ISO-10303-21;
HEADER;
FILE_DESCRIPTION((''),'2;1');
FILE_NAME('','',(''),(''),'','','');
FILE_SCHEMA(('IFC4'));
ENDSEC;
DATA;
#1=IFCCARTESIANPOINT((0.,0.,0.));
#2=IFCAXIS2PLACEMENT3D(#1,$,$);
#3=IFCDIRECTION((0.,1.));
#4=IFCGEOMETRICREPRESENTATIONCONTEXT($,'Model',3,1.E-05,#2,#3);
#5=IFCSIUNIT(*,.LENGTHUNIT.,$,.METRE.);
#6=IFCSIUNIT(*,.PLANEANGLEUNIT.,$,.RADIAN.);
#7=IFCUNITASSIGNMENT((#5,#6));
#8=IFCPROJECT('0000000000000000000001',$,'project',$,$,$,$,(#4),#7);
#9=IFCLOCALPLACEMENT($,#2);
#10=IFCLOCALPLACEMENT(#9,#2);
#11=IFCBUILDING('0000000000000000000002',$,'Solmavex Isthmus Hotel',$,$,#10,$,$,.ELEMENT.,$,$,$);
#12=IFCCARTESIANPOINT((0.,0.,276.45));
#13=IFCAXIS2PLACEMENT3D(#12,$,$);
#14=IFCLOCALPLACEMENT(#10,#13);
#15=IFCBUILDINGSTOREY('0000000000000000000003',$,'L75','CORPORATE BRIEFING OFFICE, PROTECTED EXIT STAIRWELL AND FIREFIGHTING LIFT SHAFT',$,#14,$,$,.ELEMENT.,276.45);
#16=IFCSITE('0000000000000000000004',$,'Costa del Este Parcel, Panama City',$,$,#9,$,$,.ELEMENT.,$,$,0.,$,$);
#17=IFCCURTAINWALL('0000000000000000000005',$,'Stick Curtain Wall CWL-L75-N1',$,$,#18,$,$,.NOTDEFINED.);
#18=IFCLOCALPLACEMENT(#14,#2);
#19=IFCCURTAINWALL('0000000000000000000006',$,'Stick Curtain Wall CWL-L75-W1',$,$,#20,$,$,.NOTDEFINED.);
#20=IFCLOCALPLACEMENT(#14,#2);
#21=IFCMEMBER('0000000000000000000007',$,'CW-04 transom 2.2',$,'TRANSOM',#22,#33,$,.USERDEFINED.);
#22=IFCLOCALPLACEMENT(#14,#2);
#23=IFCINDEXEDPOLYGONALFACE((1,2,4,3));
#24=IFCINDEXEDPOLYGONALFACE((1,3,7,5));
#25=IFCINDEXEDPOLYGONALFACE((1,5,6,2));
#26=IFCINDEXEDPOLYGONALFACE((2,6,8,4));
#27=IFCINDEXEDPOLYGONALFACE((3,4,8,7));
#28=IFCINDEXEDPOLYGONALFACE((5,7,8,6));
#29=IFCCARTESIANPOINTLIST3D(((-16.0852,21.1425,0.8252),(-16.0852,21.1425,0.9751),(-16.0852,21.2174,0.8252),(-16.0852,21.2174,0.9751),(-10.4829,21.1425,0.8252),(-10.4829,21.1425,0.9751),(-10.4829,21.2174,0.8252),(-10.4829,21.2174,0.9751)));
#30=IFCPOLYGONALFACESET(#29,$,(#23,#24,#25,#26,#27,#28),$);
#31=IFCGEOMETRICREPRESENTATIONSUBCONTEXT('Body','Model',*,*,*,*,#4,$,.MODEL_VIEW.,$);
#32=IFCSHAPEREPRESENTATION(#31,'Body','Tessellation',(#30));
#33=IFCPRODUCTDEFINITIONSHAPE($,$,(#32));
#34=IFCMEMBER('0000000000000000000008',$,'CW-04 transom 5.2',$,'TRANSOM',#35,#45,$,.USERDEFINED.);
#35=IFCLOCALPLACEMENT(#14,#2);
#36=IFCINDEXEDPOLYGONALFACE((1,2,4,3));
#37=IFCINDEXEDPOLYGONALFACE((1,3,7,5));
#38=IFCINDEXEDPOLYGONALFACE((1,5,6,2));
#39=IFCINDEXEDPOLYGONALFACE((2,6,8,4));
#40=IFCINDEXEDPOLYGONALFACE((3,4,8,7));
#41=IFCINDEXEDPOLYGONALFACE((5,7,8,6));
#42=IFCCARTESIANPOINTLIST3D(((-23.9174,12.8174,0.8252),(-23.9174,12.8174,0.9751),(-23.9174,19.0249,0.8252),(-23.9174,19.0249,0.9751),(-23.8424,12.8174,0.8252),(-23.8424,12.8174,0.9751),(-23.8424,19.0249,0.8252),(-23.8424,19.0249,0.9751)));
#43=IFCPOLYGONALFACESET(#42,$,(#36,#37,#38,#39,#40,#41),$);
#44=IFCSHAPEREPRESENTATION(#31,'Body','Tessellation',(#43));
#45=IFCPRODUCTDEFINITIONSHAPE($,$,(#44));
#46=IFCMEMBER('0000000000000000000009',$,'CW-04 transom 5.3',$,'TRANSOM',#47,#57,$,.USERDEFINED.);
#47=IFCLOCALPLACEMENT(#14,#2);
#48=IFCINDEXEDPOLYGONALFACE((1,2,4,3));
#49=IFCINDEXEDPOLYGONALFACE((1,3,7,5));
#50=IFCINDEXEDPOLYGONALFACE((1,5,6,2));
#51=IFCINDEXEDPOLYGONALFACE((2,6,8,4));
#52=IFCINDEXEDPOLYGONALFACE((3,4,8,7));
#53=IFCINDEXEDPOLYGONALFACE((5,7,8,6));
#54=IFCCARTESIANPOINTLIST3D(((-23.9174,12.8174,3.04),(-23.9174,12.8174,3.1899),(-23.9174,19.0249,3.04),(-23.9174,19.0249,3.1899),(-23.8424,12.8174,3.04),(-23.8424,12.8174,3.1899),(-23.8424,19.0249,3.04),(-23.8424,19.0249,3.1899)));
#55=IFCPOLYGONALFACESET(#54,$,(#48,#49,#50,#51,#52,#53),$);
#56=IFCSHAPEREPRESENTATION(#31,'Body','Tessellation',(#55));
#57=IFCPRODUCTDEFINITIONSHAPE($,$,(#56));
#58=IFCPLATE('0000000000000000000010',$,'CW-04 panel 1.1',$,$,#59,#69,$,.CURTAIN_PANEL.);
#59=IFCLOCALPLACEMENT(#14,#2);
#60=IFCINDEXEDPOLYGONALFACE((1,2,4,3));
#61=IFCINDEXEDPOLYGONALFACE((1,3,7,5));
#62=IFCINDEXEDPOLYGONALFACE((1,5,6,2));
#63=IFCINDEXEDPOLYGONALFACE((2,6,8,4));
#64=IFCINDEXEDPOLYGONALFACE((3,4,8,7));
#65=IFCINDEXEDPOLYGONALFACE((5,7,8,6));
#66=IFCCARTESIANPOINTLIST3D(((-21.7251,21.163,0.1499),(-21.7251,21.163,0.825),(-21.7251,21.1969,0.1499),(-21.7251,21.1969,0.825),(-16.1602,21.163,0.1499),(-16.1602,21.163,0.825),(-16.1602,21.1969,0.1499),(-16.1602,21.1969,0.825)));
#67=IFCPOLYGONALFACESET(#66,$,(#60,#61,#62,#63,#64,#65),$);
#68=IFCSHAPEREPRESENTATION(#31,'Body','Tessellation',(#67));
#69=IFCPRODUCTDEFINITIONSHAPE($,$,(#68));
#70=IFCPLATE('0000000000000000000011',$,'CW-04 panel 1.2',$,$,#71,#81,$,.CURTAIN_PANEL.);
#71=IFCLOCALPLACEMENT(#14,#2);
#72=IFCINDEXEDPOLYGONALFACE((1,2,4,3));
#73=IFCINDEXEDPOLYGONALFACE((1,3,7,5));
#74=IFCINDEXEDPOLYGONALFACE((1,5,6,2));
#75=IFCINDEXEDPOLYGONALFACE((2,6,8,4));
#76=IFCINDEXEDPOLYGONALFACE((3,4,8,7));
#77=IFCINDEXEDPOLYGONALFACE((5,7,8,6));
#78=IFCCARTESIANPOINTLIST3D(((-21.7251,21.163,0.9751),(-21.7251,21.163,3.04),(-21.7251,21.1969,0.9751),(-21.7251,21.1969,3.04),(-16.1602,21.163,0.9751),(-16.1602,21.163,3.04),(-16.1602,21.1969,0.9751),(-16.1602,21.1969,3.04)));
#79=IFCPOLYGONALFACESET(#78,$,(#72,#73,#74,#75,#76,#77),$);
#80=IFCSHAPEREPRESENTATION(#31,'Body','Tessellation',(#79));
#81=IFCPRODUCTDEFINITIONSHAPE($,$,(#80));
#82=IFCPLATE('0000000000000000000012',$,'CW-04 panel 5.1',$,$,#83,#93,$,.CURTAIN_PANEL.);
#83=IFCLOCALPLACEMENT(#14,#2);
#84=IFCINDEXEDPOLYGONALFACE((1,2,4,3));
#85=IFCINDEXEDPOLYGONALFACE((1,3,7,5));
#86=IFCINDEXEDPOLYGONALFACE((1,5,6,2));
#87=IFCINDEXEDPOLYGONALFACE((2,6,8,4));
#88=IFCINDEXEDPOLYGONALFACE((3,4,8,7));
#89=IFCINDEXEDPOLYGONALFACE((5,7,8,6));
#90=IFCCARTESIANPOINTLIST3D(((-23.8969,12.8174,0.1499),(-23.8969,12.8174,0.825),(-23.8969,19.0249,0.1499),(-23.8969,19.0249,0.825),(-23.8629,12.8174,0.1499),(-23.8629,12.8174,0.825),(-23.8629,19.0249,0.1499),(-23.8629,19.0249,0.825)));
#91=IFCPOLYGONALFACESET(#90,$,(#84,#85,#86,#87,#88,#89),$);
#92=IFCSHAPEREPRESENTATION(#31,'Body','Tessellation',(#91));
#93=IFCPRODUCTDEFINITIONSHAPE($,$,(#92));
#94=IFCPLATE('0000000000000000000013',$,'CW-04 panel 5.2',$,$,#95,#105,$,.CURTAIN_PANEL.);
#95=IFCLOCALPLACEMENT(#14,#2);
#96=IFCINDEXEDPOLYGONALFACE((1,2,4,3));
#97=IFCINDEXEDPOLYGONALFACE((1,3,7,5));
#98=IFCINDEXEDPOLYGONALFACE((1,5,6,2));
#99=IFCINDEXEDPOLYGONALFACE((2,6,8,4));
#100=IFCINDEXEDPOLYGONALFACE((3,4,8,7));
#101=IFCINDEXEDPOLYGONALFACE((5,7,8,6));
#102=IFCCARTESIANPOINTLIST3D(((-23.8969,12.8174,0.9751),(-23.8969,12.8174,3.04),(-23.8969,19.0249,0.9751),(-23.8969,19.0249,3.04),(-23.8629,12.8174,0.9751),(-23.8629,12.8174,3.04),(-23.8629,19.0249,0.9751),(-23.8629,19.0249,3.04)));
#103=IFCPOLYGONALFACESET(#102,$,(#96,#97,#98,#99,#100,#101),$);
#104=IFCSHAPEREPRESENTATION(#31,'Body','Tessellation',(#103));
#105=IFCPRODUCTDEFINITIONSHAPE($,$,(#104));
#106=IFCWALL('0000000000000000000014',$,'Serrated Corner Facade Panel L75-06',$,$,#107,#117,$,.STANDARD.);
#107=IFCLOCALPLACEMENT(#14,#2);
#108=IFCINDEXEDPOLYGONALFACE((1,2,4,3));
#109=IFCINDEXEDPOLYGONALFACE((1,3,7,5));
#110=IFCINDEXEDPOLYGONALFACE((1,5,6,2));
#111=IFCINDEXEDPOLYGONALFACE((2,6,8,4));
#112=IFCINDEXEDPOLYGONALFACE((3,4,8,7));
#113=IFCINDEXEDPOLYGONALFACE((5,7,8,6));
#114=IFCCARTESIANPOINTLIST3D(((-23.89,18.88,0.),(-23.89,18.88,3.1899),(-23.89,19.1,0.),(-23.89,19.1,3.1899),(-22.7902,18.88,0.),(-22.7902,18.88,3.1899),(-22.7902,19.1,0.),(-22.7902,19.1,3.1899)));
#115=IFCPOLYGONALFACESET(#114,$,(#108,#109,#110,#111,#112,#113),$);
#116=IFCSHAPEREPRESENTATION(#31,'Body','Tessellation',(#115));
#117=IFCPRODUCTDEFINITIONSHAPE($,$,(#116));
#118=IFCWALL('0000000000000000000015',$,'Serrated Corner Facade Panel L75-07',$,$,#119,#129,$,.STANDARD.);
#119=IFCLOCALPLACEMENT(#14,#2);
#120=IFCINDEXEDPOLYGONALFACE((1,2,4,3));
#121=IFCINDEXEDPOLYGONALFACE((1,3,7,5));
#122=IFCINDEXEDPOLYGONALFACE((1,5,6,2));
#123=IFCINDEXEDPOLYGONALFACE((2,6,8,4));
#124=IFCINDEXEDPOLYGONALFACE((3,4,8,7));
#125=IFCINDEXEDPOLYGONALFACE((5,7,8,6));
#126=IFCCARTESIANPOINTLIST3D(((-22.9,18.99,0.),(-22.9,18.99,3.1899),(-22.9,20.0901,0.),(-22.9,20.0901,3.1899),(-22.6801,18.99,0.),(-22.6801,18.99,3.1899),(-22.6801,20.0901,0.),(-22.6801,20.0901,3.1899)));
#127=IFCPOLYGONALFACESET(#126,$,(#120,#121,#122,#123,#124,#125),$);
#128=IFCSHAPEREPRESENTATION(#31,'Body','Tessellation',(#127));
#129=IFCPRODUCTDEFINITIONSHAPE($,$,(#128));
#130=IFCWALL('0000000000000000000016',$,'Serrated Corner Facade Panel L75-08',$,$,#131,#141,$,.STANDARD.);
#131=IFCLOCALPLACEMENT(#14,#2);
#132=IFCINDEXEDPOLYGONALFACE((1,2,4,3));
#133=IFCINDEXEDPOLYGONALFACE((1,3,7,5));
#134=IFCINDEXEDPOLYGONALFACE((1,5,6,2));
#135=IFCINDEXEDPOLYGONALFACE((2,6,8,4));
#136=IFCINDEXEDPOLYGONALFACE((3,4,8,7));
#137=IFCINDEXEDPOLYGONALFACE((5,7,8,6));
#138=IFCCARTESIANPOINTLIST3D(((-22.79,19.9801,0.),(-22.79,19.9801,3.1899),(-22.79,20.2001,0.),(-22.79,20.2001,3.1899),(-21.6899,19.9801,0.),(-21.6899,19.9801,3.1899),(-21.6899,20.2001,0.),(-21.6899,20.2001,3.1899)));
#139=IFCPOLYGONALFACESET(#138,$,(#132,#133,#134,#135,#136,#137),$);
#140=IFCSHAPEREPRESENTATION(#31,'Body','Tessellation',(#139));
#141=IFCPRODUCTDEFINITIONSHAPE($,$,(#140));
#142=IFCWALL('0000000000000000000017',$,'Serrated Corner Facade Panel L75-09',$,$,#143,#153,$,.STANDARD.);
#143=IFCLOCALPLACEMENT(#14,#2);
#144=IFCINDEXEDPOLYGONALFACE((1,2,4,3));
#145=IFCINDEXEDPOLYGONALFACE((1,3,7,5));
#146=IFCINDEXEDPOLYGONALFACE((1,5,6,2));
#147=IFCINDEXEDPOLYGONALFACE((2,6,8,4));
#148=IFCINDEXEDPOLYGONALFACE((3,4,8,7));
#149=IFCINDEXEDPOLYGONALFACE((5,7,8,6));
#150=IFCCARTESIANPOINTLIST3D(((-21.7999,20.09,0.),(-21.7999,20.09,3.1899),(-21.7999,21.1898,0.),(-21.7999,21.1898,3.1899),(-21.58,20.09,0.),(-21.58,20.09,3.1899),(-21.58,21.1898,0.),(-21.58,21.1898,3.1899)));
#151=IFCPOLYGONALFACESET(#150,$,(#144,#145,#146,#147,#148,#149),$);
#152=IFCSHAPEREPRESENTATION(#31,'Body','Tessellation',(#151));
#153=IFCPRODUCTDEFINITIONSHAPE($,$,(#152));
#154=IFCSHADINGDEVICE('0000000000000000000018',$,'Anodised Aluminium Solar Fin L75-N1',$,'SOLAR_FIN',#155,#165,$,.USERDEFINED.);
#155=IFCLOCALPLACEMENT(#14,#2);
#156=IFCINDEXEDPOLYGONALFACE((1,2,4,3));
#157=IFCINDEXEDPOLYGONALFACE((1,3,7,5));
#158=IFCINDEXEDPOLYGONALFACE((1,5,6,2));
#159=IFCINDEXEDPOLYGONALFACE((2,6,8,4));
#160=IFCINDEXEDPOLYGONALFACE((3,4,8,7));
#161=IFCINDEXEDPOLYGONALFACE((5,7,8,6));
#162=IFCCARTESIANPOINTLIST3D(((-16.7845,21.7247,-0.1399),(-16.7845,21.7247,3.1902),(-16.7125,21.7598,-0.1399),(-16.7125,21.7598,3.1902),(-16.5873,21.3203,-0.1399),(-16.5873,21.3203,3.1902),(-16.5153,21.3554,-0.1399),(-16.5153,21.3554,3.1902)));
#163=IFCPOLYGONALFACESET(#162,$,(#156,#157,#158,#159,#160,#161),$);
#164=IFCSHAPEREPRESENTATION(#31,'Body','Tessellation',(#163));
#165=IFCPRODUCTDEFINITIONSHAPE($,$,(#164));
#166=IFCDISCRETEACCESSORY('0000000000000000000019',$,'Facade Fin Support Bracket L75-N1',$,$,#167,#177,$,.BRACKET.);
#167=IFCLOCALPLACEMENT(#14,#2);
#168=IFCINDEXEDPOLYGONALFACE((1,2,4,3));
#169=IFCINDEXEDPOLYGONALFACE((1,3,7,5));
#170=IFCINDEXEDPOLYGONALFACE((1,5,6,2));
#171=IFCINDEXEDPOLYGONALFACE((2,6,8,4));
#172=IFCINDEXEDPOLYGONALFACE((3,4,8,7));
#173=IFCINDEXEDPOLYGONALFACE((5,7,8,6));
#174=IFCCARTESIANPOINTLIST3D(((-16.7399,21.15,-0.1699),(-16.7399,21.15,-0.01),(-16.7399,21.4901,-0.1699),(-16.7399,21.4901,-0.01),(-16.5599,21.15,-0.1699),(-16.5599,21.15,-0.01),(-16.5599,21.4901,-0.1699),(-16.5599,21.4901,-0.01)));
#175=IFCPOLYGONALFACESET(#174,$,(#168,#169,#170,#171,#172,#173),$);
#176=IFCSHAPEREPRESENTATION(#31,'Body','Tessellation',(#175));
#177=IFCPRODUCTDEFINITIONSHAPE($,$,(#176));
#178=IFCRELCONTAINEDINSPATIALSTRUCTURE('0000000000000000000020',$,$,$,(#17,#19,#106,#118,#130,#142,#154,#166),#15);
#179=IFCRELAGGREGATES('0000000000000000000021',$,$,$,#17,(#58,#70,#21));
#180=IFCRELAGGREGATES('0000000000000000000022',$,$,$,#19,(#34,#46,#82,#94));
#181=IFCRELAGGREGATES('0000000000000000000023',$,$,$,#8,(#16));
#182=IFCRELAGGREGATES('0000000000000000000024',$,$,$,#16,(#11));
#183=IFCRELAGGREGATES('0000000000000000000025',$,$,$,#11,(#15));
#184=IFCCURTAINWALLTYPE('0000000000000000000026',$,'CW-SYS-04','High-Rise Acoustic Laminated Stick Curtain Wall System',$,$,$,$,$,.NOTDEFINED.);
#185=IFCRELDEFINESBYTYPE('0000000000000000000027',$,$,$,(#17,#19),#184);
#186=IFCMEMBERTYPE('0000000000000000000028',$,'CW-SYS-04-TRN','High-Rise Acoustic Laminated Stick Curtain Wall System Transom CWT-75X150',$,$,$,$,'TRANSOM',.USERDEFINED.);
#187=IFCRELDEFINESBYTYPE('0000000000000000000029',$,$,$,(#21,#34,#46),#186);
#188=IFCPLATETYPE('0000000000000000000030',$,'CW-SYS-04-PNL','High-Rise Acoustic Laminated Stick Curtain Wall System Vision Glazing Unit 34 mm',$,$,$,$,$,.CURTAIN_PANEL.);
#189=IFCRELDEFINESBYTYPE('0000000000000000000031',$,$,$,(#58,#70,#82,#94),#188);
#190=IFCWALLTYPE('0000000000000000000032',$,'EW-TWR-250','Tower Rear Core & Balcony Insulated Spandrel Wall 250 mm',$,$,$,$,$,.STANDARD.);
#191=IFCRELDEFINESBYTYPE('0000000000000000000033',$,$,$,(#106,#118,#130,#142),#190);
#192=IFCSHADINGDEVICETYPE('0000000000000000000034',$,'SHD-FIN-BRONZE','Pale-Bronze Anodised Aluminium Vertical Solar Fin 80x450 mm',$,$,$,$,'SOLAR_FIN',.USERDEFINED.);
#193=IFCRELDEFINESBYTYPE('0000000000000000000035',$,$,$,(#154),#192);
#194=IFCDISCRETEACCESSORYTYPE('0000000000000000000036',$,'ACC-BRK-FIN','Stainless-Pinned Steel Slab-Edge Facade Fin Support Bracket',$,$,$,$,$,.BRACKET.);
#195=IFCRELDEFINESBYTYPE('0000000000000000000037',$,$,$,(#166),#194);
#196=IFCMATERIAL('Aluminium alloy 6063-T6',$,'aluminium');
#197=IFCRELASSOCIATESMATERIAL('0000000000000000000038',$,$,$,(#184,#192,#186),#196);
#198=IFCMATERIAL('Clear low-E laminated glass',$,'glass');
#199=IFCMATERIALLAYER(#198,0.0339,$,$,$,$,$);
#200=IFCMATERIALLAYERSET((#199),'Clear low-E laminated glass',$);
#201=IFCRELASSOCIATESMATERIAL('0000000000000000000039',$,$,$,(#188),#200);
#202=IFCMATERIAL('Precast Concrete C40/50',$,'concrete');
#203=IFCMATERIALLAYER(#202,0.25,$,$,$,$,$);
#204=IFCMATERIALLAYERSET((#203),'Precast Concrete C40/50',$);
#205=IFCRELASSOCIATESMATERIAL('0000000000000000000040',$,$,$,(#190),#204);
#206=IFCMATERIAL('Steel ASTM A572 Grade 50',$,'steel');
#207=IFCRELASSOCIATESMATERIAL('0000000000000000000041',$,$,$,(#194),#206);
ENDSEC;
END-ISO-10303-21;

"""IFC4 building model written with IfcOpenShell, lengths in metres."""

from ifc_helpers import new_model, si_unit, direction, frame, frame_2d, origin, origin_2d, place, context, subcontext, project, spatial, rectangle, extrude, material, layer, layer_set, material_profile, profile_set, type_object, element, aggregate, save


model = new_model("IFC4")

# Units and contexts
model_context = context("Model", 3, precision=1e-05, world=origin(), true_north=direction((0.0, 1.0)))
body_context = subcontext(model_context, "Body", "Model", "MODEL_VIEW")
ifc_project = project(units=[si_unit("LENGTHUNIT", "METRE"), si_unit("PLANEANGLEUNIT", "RADIAN")], contexts=[model_context])

# Site, building, storey
site_placement = place(None, origin())
site = spatial("IfcSite", under=ifc_project, at=site_placement, Name="Costa del Este Parcel, Panama City", CompositionType="ELEMENT", RefElevation=0.0)
building_placement = place(site_placement, origin())
building = spatial("IfcBuilding", under=site, at=building_placement, Name="Solmavex Isthmus Hotel", CompositionType="ELEMENT")
storey_placement = place(building_placement, frame((0.0, 0.0, 276.45)))
storey = spatial("IfcBuildingStorey", under=building, at=storey_placement, Name="L75", Description="CORPORATE BRIEFING OFFICE, PROTECTED EXIT STAIRWELL AND FIREFIGHTING LIFT SHAFT", CompositionType="ELEMENT", Elevation=276.45)

# Curtain wall
ifc_material_1 = material(Name="Aluminium alloy 6063-T6", Category="aluminium")
curtain_wall_type = type_object("IfcCurtainWallType", Name="CW-SYS-04", Description="High-Rise Acoustic Laminated Stick Curtain Wall System", PredefinedType="NOTDEFINED", material=ifc_material_1)
curtain_wall_1_placement = place(storey_placement, origin())
curtain_wall_1 = element("IfcCurtainWall", 1, at=curtain_wall_1_placement, inside=storey, type_object=curtain_wall_type, Name="Stick Curtain Wall CWL-L75-N1", PredefinedType="NOTDEFINED")

# Curtain wall
curtain_wall_2_placement = place(storey_placement, origin())
curtain_wall_2 = element("IfcCurtainWall", 2, at=curtain_wall_2_placement, inside=storey, type_object=curtain_wall_type, Name="Stick Curtain Wall CWL-L75-W1", PredefinedType="NOTDEFINED")

# Members
ifc_material_profile_1 = material_profile(ifc_material_1, rectangle(XDim=0.075, YDim=0.1499, at=origin_2d()), Name="CWT-75X150")
ifc_profile_set_1 = profile_set([ifc_material_profile_1], Name="Aluminium alloy 6063-T6")
member_type_1 = type_object("IfcMemberType", Name="CW-SYS-04-TRN", Description="High-Rise Acoustic Laminated Stick Curtain Wall System Transom CWT-75X150", ElementType="TRANSOM", PredefinedType="USERDEFINED", material=ifc_profile_set_1)
member_1_placement = place(storey_placement, frame((-16.0852, 21.1799, 0.9001), z_axis=(1.0, 0.0, 0.0), x_axis=(0.0, 1.0, 0.0)))
member_1 = element("IfcMember", 3, at=member_1_placement, type_object=member_type_1, Name="CW-04 transom 2.2", ObjectType="TRANSOM", PredefinedType="USERDEFINED", context=body_context, shape_type="SweptSolid", body=[
    extrude(rectangle(XDim=0.075, YDim=0.1499, at=origin_2d()), origin(), (0.0, 0.0, 1.0), 5.6023),
])
member_2_placement = place(storey_placement, frame((-23.8799, 12.8174, 0.9001), z_axis=(0.0, 1.0, 0.0), x_axis=(-1.0, 0.0, 0.0)))
member_2 = element("IfcMember", 4, at=member_2_placement, type_object=member_type_1, Name="CW-04 transom 5.2", ObjectType="TRANSOM", PredefinedType="USERDEFINED", context=body_context, shape_type="SweptSolid", body=[
    extrude(rectangle(XDim=0.075, YDim=0.1499, at=origin_2d()), origin(), (0.0, 0.0, 1.0), 6.2075),
])
member_3_placement = place(storey_placement, frame((-23.8799, 12.8174, 3.115), z_axis=(0.0, 1.0, 0.0), x_axis=(-1.0, 0.0, 0.0)))
member_3 = element("IfcMember", 5, at=member_3_placement, type_object=member_type_1, Name="CW-04 transom 5.3", ObjectType="TRANSOM", PredefinedType="USERDEFINED", context=body_context, shape_type="SweptSolid", body=[
    extrude(rectangle(XDim=0.075, YDim=0.1499, at=origin_2d()), origin(), (0.0, 0.0, 1.0), 6.2075),
])

# Plates
ifc_material_2 = material(Name="Clear low-E laminated glass", Category="glass")
ifc_layer_1 = layer(ifc_material_2, 0.0339)
ifc_layer_set_1 = layer_set([ifc_layer_1], Name="Clear low-E laminated glass")
plate_type = type_object("IfcPlateType", Name="CW-SYS-04-PNL", Description="High-Rise Acoustic Laminated Stick Curtain Wall System Vision Glazing Unit 34 mm", PredefinedType="CURTAIN_PANEL", material=ifc_layer_set_1)
plate_1_placement = place(storey_placement, frame((-18.9426, 21.1799, 0.1499), z_axis=(0.0, 0.0, 1.0), x_axis=(1.0, 0.0, 0.0)))
plate_1 = element("IfcPlate", 6, at=plate_1_placement, type_object=plate_type, Name="CW-04 panel 1.1", PredefinedType="CURTAIN_PANEL", context=body_context, shape_type="SweptSolid", body=[
    extrude(rectangle(XDim=5.5649, YDim=0.0339, at=origin_2d()), origin(), (0.0, 0.0, 1.0), 0.675),
])
plate_2_placement = place(storey_placement, frame((-18.9426, 21.1799, 0.9751), z_axis=(0.0, 0.0, 1.0), x_axis=(1.0, 0.0, 0.0)))
plate_2 = element("IfcPlate", 7, at=plate_2_placement, type_object=plate_type, Name="CW-04 panel 1.2", PredefinedType="CURTAIN_PANEL", context=body_context, shape_type="SweptSolid", body=[
    extrude(rectangle(XDim=5.5649, YDim=0.0339, at=origin_2d()), origin(), (0.0, 0.0, 1.0), 2.0649),
])
aggregate(curtain_wall_1, [plate_1, plate_2, member_1])
plate_3_placement = place(storey_placement, frame((-23.8799, 15.9211, 0.1499), z_axis=(0.0, 0.0, 1.0), x_axis=(0.0, 1.0, 0.0)))
plate_3 = element("IfcPlate", 8, at=plate_3_placement, type_object=plate_type, Name="CW-04 panel 5.1", PredefinedType="CURTAIN_PANEL", context=body_context, shape_type="SweptSolid", body=[
    extrude(rectangle(XDim=6.2075, YDim=0.0339, at=origin_2d()), origin(), (0.0, 0.0, 1.0), 0.675),
])
plate_4_placement = place(storey_placement, frame((-23.8799, 15.9211, 0.9751), z_axis=(0.0, 0.0, 1.0), x_axis=(0.0, 1.0, 0.0)))
plate_4 = element("IfcPlate", 9, at=plate_4_placement, type_object=plate_type, Name="CW-04 panel 5.2", PredefinedType="CURTAIN_PANEL", context=body_context, shape_type="SweptSolid", body=[
    extrude(rectangle(XDim=6.2075, YDim=0.0339, at=origin_2d()), origin(), (0.0, 0.0, 1.0), 2.0649),
])
aggregate(curtain_wall_2, [member_2, member_3, plate_3, plate_4])

# Walls
ifc_material_3 = material(Name="Precast Concrete C40/50", Category="concrete")
ifc_layer_2 = layer(ifc_material_3, 0.25)
ifc_layer_set_2 = layer_set([ifc_layer_2], Name="Precast Concrete C40/50")
wall_type = type_object("IfcWallType", Name="EW-TWR-250", Description="Tower Rear Core & Balcony Insulated Spandrel Wall 250 mm", PredefinedType="STANDARD", material=ifc_layer_set_2)
wall_1_placement = place(storey_placement, frame((-23.8899, 18.99, 0.0), z_axis=(0.0, 0.0, 1.0), x_axis=(1.0, 0.0, 0.0)))
element("IfcWall", 10, at=wall_1_placement, inside=storey, type_object=wall_type, Name="Serrated Corner Facade Panel L75-06", PredefinedType="STANDARD", context=body_context, shape_type="SweptSolid", body=[
    extrude(rectangle(XDim=1.0999, YDim=0.22, at=frame_2d((0.5498, 0.0))), origin(), (0.0, 0.0, 1.0), 3.1899),
])
for number, where, z_axis, x_axis, name in (
    (11, (-22.79, 18.99, 0.0), (0.0, 0.0, 1.0), (0.0, 1.0, 0.0), "Serrated Corner Facade Panel L75-07"),
    (12, (-22.79, 20.0901, 0.0), (0.0, 0.0, 1.0), (1.0, 0.0, 0.0), "Serrated Corner Facade Panel L75-08"),
):
    element("IfcWall", number, at=place(storey_placement, frame(where, z_axis=z_axis, x_axis=x_axis)), inside=storey, type_object=wall_type, Name=name, PredefinedType="STANDARD", context=body_context, shape_type="SweptSolid", body=[
        extrude(rectangle(XDim=1.1001, YDim=0.22, at=frame_2d((0.55, 0.0))), origin(), (0.0, 0.0, 1.0), 3.1899),
    ])
wall_2_placement = place(storey_placement, frame((-21.6899, 20.0901, 0.0), z_axis=(0.0, 0.0, 1.0), x_axis=(0.0, 1.0, 0.0)))
element("IfcWall", 13, at=wall_2_placement, inside=storey, type_object=wall_type, Name="Serrated Corner Facade Panel L75-09", PredefinedType="STANDARD", context=body_context, shape_type="SweptSolid", body=[
    extrude(rectangle(XDim=1.0999, YDim=0.22, at=frame_2d((0.5498, 0.0))), origin(), (0.0, 0.0, 1.0), 3.1899),
])

# Shading device
shading_device_type = type_object("IfcShadingDeviceType", Name="SHD-FIN-BRONZE", Description="Pale-Bronze Anodised Aluminium Vertical Solar Fin 80x450 mm", ElementType="SOLAR_FIN", PredefinedType="USERDEFINED", material=ifc_material_1)
shading_device_placement = place(storey_placement, frame((-16.6499, 21.54, -0.1399), z_axis=(0.0, 0.0, 1.0), x_axis=(-0.438371, 0.898794, 0.0)))
element("IfcShadingDevice", 14, at=shading_device_placement, inside=storey, type_object=shading_device_type, Name="Anodised Aluminium Solar Fin L75-N1", ObjectType="SOLAR_FIN", PredefinedType="USERDEFINED", context=body_context, shape_type="SweptSolid", body=[
    extrude(rectangle(XDim=0.45, YDim=0.0801, at=origin_2d()), origin(), (0.0, 0.0, 1.0), 3.3301),
])

# Discrete accessory
ifc_material_4 = material(Name="Steel ASTM A572 Grade 50", Category="steel")
discrete_accessory_type = type_object("IfcDiscreteAccessoryType", Name="ACC-BRK-FIN", Description="Stainless-Pinned Steel Slab-Edge Facade Fin Support Bracket", PredefinedType="BRACKET", material=ifc_material_4)
discrete_accessory_placement = place(storey_placement, frame((-16.6499, 21.3201, -0.1699), z_axis=(0.0, 0.0, 1.0), x_axis=(0.0, 1.0, 0.0)))
element("IfcDiscreteAccessory", 15, at=discrete_accessory_placement, inside=storey, type_object=discrete_accessory_type, Name="Facade Fin Support Bracket L75-N1", PredefinedType="BRACKET", context=body_context, shape_type="SweptSolid", body=[
    extrude(rectangle(XDim=0.3401, YDim=0.1799, at=origin_2d()), origin(), (0.0, 0.0, 1.0), 0.1599),
])

save(model, "model.ifc")
